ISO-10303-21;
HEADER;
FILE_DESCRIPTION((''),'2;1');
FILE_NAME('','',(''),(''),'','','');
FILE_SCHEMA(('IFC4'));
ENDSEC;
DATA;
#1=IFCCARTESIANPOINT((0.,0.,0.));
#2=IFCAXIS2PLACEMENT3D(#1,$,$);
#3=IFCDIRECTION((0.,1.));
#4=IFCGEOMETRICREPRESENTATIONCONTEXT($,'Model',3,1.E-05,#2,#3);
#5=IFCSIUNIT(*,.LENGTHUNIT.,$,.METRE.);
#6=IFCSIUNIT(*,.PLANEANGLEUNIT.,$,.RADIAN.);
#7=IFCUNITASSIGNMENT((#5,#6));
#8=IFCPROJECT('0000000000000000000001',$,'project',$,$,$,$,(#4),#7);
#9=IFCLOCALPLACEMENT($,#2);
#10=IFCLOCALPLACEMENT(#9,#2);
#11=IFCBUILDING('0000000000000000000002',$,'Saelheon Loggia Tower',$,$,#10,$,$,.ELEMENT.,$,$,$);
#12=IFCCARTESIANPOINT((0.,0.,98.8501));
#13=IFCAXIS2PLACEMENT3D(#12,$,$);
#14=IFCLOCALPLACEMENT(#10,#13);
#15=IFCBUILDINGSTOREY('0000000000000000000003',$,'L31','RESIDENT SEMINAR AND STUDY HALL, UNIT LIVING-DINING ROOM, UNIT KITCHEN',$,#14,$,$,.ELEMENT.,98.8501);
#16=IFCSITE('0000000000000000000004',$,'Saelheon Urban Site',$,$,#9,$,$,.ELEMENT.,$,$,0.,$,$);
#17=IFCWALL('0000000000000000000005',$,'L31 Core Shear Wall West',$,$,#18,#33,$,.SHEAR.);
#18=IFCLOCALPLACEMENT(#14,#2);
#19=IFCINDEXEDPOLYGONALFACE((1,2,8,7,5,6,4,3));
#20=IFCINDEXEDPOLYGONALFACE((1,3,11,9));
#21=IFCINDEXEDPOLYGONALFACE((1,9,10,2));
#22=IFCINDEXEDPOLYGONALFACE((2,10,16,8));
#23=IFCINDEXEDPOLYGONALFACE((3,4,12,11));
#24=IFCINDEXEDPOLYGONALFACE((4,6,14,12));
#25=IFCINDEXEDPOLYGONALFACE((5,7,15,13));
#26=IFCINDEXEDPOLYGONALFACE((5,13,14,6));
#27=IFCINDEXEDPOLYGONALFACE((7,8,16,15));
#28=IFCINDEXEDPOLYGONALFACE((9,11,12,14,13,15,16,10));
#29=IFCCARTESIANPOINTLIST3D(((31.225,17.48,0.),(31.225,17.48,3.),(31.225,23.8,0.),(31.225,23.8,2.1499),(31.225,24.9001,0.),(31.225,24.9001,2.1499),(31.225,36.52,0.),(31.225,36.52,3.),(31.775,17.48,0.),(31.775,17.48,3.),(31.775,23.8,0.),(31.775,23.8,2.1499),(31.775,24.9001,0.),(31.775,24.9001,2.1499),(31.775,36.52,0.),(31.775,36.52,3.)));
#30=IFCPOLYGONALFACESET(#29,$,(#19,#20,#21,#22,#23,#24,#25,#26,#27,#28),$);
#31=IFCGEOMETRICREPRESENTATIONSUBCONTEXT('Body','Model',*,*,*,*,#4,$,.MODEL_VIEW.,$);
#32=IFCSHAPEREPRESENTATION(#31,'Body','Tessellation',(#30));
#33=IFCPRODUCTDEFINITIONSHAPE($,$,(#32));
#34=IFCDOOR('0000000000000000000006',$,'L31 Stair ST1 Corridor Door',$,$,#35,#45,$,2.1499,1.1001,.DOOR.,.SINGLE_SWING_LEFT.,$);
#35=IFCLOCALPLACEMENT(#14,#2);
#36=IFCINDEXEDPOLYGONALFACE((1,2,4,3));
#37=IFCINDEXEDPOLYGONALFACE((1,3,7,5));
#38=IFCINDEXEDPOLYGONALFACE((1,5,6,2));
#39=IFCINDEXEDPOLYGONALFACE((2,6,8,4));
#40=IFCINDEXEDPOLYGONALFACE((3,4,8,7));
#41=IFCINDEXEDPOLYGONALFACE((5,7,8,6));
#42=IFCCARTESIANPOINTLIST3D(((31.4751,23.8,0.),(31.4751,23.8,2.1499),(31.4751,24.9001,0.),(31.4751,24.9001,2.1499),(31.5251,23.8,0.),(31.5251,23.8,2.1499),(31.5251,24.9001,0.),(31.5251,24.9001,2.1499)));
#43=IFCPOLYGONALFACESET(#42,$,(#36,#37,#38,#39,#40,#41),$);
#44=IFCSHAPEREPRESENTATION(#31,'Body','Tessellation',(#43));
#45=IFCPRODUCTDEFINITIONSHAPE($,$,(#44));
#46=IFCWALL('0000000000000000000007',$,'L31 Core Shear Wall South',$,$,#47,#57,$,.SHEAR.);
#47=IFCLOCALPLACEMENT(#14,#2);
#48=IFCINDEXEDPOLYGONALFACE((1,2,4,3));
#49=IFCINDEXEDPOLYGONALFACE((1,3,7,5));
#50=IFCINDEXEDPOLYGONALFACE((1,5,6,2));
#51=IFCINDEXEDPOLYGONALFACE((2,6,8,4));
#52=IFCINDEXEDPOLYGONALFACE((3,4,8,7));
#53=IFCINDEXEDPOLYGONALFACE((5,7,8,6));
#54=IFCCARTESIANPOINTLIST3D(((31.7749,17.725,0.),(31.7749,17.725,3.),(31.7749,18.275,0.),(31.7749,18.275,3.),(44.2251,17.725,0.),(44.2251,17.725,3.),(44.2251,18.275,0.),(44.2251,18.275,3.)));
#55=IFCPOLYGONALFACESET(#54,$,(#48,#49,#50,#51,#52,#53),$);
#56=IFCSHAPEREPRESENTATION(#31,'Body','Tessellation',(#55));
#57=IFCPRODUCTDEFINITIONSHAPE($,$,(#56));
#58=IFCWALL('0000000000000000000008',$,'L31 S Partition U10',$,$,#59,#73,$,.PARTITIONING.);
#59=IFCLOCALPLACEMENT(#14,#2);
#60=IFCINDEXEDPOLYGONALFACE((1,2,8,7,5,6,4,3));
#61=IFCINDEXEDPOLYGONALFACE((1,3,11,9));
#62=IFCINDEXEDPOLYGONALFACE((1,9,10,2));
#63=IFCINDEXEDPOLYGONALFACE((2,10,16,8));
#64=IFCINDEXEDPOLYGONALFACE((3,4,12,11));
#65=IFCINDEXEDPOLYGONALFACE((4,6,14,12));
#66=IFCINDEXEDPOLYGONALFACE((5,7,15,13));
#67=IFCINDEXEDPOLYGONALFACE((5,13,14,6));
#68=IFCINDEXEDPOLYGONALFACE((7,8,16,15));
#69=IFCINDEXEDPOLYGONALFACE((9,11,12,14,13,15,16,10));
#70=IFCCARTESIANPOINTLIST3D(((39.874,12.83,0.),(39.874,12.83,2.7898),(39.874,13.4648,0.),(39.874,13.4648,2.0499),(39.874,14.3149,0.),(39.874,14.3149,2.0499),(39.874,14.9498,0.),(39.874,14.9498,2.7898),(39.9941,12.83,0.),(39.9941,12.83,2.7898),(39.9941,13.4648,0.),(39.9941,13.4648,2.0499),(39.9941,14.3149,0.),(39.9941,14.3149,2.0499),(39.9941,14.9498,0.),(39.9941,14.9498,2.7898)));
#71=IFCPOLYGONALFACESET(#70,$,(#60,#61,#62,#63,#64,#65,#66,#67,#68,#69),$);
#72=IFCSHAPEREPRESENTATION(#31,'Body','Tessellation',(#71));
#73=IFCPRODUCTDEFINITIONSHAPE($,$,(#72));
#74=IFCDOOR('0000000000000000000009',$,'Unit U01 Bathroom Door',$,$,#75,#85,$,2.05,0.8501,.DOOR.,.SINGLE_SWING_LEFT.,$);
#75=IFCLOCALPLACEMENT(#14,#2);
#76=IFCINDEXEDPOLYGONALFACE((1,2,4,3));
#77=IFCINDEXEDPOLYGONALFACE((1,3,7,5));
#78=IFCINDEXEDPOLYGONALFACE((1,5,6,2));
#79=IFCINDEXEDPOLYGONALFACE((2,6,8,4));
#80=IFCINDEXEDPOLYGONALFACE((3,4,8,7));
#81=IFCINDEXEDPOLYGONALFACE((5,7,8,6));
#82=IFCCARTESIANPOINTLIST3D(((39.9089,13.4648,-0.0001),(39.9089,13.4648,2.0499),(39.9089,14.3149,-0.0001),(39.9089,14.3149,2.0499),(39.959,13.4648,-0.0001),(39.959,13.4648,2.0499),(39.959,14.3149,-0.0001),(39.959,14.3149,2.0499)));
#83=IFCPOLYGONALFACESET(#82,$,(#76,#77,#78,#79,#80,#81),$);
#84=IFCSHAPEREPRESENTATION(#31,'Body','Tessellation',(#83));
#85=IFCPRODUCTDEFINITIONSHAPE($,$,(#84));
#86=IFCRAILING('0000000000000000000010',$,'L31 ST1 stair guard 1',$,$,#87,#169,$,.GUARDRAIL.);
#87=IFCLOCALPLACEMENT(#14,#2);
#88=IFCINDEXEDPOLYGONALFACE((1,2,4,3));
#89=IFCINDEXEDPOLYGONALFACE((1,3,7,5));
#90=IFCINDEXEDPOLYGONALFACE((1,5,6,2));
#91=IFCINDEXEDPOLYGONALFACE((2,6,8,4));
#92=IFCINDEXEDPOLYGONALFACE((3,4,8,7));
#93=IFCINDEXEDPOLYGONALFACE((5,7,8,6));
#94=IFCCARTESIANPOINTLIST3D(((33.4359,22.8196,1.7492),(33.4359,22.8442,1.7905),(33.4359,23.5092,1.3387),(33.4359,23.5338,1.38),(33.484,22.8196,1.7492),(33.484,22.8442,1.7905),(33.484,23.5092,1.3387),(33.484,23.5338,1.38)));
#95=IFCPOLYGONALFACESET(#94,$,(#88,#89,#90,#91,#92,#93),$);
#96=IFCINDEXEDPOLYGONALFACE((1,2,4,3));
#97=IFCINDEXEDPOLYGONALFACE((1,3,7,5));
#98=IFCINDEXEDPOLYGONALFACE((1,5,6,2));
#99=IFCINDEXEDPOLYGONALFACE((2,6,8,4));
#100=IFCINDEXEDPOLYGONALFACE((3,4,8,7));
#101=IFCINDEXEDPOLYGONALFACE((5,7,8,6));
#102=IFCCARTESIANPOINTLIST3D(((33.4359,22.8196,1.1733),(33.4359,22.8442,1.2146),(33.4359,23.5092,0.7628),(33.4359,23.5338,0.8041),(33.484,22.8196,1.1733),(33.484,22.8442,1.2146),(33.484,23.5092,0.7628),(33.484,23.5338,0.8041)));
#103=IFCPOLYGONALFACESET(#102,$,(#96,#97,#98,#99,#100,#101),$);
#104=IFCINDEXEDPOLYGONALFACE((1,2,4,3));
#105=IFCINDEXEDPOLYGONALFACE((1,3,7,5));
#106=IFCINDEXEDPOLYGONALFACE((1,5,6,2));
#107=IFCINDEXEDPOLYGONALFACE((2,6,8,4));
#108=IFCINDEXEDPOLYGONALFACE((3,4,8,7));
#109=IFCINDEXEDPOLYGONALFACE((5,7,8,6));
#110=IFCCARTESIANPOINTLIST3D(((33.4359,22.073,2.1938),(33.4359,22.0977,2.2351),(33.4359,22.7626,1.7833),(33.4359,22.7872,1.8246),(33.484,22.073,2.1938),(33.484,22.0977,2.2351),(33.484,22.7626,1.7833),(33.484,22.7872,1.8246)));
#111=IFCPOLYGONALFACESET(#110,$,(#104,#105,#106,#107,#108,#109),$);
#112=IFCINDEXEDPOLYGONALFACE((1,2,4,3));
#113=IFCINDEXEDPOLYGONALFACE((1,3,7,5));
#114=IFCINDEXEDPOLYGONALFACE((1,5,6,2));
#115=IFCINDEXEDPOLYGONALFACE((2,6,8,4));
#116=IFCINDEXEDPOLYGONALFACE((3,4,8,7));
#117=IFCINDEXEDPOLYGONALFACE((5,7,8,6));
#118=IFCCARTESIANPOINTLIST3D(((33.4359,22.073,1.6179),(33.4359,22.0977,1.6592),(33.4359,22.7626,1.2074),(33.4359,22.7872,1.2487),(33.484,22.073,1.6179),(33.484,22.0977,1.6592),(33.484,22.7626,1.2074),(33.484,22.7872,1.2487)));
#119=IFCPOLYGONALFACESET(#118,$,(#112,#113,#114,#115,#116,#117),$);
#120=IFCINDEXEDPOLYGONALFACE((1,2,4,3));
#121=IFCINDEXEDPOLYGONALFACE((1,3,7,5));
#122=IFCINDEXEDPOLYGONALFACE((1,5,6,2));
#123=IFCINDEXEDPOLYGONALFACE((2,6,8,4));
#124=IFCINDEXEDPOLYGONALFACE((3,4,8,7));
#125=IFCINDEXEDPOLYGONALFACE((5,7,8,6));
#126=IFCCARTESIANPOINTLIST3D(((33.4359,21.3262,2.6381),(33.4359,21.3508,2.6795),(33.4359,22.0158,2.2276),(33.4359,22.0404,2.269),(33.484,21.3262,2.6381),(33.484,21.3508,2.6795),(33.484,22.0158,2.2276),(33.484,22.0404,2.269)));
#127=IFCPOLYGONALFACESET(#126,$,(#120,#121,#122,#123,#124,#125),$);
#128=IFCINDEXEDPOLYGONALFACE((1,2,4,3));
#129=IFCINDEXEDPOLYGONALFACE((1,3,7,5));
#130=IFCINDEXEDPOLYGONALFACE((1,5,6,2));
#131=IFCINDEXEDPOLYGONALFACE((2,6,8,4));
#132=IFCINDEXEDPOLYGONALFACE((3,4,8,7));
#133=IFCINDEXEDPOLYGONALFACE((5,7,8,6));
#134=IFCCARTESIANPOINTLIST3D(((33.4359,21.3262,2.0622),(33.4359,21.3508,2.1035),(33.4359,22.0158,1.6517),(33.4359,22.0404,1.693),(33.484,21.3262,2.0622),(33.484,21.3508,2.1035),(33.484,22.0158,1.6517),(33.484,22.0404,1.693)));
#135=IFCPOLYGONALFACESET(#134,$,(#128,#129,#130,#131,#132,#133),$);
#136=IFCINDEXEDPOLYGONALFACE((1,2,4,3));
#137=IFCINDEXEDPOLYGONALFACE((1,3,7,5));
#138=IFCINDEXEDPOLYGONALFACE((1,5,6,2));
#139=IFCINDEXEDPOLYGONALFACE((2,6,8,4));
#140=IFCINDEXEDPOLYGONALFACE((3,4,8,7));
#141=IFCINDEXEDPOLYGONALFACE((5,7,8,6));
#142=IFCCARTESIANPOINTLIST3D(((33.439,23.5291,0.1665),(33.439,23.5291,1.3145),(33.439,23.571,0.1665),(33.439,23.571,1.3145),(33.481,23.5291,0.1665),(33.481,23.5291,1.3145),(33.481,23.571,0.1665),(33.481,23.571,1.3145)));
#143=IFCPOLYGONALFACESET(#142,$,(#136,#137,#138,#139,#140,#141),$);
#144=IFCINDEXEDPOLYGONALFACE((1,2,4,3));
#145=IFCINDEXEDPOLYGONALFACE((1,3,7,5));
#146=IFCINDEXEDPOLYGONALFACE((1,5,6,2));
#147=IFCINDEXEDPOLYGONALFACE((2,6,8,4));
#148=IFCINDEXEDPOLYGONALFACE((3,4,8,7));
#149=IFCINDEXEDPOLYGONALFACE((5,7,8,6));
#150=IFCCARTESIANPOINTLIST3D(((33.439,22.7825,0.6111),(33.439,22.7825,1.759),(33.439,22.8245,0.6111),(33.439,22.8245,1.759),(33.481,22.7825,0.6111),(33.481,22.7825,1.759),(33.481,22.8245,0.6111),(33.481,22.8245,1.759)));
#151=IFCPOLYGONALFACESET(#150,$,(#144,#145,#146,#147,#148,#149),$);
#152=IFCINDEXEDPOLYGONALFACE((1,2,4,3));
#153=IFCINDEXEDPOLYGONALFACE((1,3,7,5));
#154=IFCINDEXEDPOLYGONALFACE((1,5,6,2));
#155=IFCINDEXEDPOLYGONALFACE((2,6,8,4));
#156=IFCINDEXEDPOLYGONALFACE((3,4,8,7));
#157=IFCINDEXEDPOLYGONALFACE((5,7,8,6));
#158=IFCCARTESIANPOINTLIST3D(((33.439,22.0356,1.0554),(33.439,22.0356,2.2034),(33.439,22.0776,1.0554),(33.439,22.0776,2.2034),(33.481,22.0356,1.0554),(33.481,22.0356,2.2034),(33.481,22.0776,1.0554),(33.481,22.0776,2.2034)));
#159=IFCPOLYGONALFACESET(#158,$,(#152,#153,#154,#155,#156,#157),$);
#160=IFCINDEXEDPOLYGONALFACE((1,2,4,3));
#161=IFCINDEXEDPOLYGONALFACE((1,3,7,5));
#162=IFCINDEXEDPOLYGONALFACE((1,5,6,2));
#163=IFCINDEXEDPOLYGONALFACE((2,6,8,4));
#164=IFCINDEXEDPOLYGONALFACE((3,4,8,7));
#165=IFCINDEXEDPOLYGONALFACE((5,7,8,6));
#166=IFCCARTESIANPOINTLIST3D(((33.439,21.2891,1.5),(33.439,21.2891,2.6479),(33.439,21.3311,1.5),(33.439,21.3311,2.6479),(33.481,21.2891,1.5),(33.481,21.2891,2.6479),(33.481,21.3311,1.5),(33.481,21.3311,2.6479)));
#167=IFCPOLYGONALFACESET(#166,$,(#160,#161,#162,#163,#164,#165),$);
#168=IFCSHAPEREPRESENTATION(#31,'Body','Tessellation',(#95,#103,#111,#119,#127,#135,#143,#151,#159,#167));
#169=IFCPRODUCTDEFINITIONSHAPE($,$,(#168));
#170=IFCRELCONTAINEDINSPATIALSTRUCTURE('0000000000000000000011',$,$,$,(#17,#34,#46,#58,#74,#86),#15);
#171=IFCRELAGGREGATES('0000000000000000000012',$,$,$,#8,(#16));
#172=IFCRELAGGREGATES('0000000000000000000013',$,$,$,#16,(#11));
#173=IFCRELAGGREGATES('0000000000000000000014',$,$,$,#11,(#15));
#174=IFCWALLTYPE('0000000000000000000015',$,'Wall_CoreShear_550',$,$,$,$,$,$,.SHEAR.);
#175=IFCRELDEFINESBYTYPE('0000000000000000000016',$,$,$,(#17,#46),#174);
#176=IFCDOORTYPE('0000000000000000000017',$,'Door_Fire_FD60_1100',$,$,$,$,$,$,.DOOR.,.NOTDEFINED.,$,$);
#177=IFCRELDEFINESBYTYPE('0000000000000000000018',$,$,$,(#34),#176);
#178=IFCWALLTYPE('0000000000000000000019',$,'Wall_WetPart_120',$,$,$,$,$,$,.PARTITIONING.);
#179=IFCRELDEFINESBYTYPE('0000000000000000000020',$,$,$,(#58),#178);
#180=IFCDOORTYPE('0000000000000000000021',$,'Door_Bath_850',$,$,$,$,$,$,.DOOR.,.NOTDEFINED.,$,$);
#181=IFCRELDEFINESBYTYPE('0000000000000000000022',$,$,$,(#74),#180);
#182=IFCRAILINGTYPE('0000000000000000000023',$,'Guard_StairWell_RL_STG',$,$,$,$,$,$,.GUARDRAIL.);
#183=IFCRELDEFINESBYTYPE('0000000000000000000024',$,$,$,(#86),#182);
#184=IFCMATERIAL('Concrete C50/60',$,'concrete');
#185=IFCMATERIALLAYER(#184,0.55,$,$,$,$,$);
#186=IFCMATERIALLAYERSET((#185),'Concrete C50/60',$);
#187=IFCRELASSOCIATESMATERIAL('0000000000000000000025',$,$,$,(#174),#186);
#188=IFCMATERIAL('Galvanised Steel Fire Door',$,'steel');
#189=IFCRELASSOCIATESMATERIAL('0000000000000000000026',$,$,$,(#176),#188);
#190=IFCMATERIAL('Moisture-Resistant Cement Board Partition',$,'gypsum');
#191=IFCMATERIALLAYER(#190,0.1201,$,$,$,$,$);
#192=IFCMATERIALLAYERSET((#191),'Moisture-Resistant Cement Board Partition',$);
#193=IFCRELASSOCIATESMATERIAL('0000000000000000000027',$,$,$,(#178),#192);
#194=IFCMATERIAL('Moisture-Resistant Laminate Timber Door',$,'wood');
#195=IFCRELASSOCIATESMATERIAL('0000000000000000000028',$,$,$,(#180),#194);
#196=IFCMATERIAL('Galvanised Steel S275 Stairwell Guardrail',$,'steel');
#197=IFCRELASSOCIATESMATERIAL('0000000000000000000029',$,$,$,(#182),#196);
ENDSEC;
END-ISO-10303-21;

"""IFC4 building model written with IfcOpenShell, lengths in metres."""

from ifc_helpers import new_model, si_unit, direction, frame, frame_2d, origin, origin_2d, place, context, subcontext, project, spatial, rectangle, extrude, source, transform, mapped, material, layer, layer_set, type_object, element, fill, save


model = new_model("IFC4")

# Units and contexts
model_context = context("Model", 3, precision=1e-05, world=origin(), true_north=direction((0.0, 1.0)))
body_context = subcontext(model_context, "Body", "Model", "MODEL_VIEW")
ifc_project = project(units=[si_unit("LENGTHUNIT", "METRE"), si_unit("PLANEANGLEUNIT", "RADIAN")], contexts=[model_context])

# Site, building, storey
site_placement = place(None, origin())
site = spatial("IfcSite", under=ifc_project, at=site_placement, Name="Saelheon Urban Site", CompositionType="ELEMENT", RefElevation=0.0)
building_placement = place(site_placement, origin())
building = spatial("IfcBuilding", under=site, at=building_placement, Name="Saelheon Loggia Tower", CompositionType="ELEMENT")
storey_placement = place(building_placement, frame((0.0, 0.0, 98.8501)))
storey = spatial("IfcBuildingStorey", under=building, at=storey_placement, Name="L31", Description="RESIDENT SEMINAR AND STUDY HALL, UNIT LIVING-DINING ROOM, UNIT KITCHEN", CompositionType="ELEMENT", Elevation=98.8501)

# Wall, opening, door
ifc_material_1 = material(Name="Concrete C50/60", Category="concrete")
ifc_layer_1 = layer(ifc_material_1, 0.55)
ifc_layer_set_1 = layer_set([ifc_layer_1], Name="Concrete C50/60")
wall_type_1 = type_object("IfcWallType", Name="Wall_CoreShear_550", PredefinedType="SHEAR", material=ifc_layer_set_1)
wall_1_placement = place(storey_placement, frame((31.5, 17.48, 0.0), z_axis=(0.0, 0.0, 1.0), x_axis=(0.0, 1.0, 0.0)))
wall_1 = element("IfcWall", 1, at=wall_1_placement, inside=storey, type_object=wall_type_1, Name="L31 Core Shear Wall West", PredefinedType="SHEAR", context=body_context, shape_type="SweptSolid", body=[
    extrude(rectangle(XDim=19.04, YDim=0.55, at=frame_2d((9.52, 0.0))), origin(), (0.0, 0.0, 1.0), 3.0),
])
opening_1_placement = place(wall_1_placement, frame((6.3201, 0.0, 0.0)))
opening_1 = element("IfcOpeningElement", 2, at=opening_1_placement, cuts=wall_1, PredefinedType="OPENING", context=body_context, shape_type="SweptSolid", body=[
    extrude(rectangle(XDim=1.1001, YDim=2.1499, at=frame_2d((0.55, 1.075))), frame((0.0, 0.2871, 0.0), z_axis=(0.0, -1.0, 0.0), x_axis=(1.0, 0.0, 0.0)), (0.0, 0.0, 1.0), 0.574),
])
ifc_material_2 = material(Name="Galvanised Steel Fire Door", Category="steel")
door_type_1 = type_object("IfcDoorType", Name="Door_Fire_FD60_1100", OperationType="NOTDEFINED", PredefinedType="DOOR", material=ifc_material_2)
shared_shape_1 = source(origin(), body_context, "Body", "SweptSolid", [
    extrude(rectangle(XDim=1.1001, YDim=2.1499, at=frame_2d((0.55, 1.075))), frame((0.0, 0.0249, 0.0), z_axis=(0.0, -1.0, 0.0), x_axis=(1.0, 0.0, 0.0)), (0.0, 0.0, 1.0), 0.05),
])
door_1_placement = place(opening_1_placement, origin())
door_1 = element("IfcDoor", 3, at=door_1_placement, inside=storey, type_object=door_type_1, Name="L31 Stair ST1 Corridor Door", OperationType="SINGLE_SWING_LEFT", OverallHeight=2.1499, OverallWidth=1.1001, PredefinedType="DOOR", context=body_context, shape_type="MappedRepresentation", body=[
    mapped(shared_shape_1, transform((0.0, 0.0, 0.0), scale=1.0)),
])
fill(opening_1, door_1)

# Wall
wall_2_placement = place(storey_placement, frame((31.7749, 18.0, 0.0), z_axis=(0.0, 0.0, 1.0), x_axis=(1.0, 0.0, 0.0)))
element("IfcWall", 4, at=wall_2_placement, inside=storey, type_object=wall_type_1, Name="L31 Core Shear Wall South", PredefinedType="SHEAR", context=body_context, shape_type="SweptSolid", body=[
    extrude(rectangle(XDim=12.4502, YDim=0.55, at=frame_2d((6.2251, 0.0))), origin(), (0.0, 0.0, 1.0), 3.0),
])

# Wall, opening, door
ifc_material_3 = material(Name="Moisture-Resistant Cement Board Partition", Category="gypsum")
ifc_layer_2 = layer(ifc_material_3, 0.1201)
ifc_layer_set_2 = layer_set([ifc_layer_2], Name="Moisture-Resistant Cement Board Partition")
wall_type_2 = type_object("IfcWallType", Name="Wall_WetPart_120", PredefinedType="PARTITIONING", material=ifc_layer_set_2)
wall_3_placement = place(storey_placement, frame((39.9341, 14.95, 0.0), z_axis=(0.0, 0.0, 1.0), x_axis=(0.0, -1.0, 0.0)))
wall_3 = element("IfcWall", 5, at=wall_3_placement, inside=storey, type_object=wall_type_2, Name="L31 S Partition U10", PredefinedType="PARTITIONING", context=body_context, shape_type="SweptSolid", body=[
    extrude(rectangle(XDim=2.1199, YDim=0.1201, at=frame_2d((1.0601, 0.0))), origin(), (0.0, 0.0, 1.0), 2.7898),
])
opening_2_placement = place(wall_3_placement, frame((0.635, 0.0, 0.0)))
opening_2 = element("IfcOpeningElement", 6, at=opening_2_placement, cuts=wall_3, PredefinedType="OPENING", context=body_context, shape_type="SweptSolid", body=[
    extrude(rectangle(XDim=0.8501, YDim=2.05, at=frame_2d((0.425, 1.0249))), frame((0.0, 0.072, 0.0), z_axis=(0.0, -1.0, 0.0), x_axis=(1.0, 0.0, 0.0)), (0.0, 0.0, 1.0), 0.144),
])
ifc_material_4 = material(Name="Moisture-Resistant Laminate Timber Door", Category="wood")
door_type_2 = type_object("IfcDoorType", Name="Door_Bath_850", OperationType="NOTDEFINED", PredefinedType="DOOR", material=ifc_material_4)
shared_shape_2 = source(origin(), body_context, "Body", "SweptSolid", [
    extrude(rectangle(XDim=0.8501, YDim=2.05, at=frame_2d((0.425, 1.0249))), frame((0.0, 0.0249, 0.0), z_axis=(0.0, -1.0, 0.0), x_axis=(1.0, 0.0, 0.0)), (0.0, 0.0, 1.0), 0.05),
])
door_2_placement = place(opening_2_placement, origin())
door_2 = element("IfcDoor", 7, at=door_2_placement, inside=storey, type_object=door_type_2, Name="Unit U01 Bathroom Door", OperationType="SINGLE_SWING_LEFT", OverallHeight=2.05, OverallWidth=0.8501, PredefinedType="DOOR", context=body_context, shape_type="MappedRepresentation", body=[
    mapped(shared_shape_2, transform((0.0, 0.0, 0.0), scale=1.0)),
])
fill(opening_2, door_2)

# Railing
ifc_material_5 = material(Name="Galvanised Steel S275 Stairwell Guardrail", Category="steel")
railing_type_1 = type_object("IfcRailingType", Name="Guard_StairWell_RL_STG", PredefinedType="GUARDRAIL", material=ifc_material_5)
railing_1_placement = place(storey_placement, frame((33.46, 23.55, 0.1665)))
element("IfcRailing", 8, at=railing_1_placement, inside=storey, type_object=railing_type_1, Name="L31 ST1 stair guard 1", PredefinedType="GUARDRAIL", context=body_context, shape_type="SweptSolid", body=[
    extrude(rectangle(XDim=0.0481, YDim=0.0481, at=origin_2d()), frame((0.0, -0.0286, 1.1929), z_axis=(0.0, -0.859264, 0.511532), x_axis=(1.0, 0.0, 0.0)), (0.0, 0.0, 1.0), 0.8025),
    extrude(rectangle(XDim=0.0481, YDim=0.0481, at=origin_2d()), frame((0.0, -0.0286, 0.6169), z_axis=(0.0, -0.859264, 0.511532), x_axis=(1.0, 0.0, 0.0)), (0.0, 0.0, 1.0), 0.8025),
    extrude(rectangle(XDim=0.0481, YDim=0.0481, at=origin_2d()), frame((0.0, -0.7751, 1.6375), z_axis=(0.0, -0.859264, 0.511532), x_axis=(1.0, 0.0, 0.0)), (0.0, 0.0, 1.0), 0.8025),
    extrude(rectangle(XDim=0.0481, YDim=0.0481, at=origin_2d()), frame((0.0, -0.7751, 1.0615), z_axis=(0.0, -0.859264, 0.511532), x_axis=(1.0, 0.0, 0.0)), (0.0, 0.0, 1.0), 0.8025),
    extrude(rectangle(XDim=0.0481, YDim=0.0481, at=origin_2d()), frame((0.0, -1.522, 2.0818), z_axis=(0.0, -0.859264, 0.511532), x_axis=(1.0, 0.0, 0.0)), (0.0, 0.0, 1.0), 0.8025),
    extrude(rectangle(XDim=0.0481, YDim=0.0481, at=origin_2d()), frame((0.0, -1.522, 1.5059), z_axis=(0.0, -0.859264, 0.511532), x_axis=(1.0, 0.0, 0.0)), (0.0, 0.0, 1.0), 0.8025),
    extrude(rectangle(XDim=0.042, YDim=0.042, at=origin_2d()), origin(), (0.0, 0.0, 1.0), 1.1479),
    extrude(rectangle(XDim=0.042, YDim=0.042, at=origin_2d()), frame((0.0, -0.7466, 0.4446)), (0.0, 0.0, 1.0), 1.1479),
    extrude(rectangle(XDim=0.042, YDim=0.042, at=origin_2d()), frame((0.0, -1.4934, 0.8889)), (0.0, 0.0, 1.0), 1.1479),
    extrude(rectangle(XDim=0.042, YDim=0.042, at=origin_2d()), frame((0.0, -2.24, 1.3335)), (0.0, 0.0, 1.0), 1.1479),
])

save(model, "model.ifc")
